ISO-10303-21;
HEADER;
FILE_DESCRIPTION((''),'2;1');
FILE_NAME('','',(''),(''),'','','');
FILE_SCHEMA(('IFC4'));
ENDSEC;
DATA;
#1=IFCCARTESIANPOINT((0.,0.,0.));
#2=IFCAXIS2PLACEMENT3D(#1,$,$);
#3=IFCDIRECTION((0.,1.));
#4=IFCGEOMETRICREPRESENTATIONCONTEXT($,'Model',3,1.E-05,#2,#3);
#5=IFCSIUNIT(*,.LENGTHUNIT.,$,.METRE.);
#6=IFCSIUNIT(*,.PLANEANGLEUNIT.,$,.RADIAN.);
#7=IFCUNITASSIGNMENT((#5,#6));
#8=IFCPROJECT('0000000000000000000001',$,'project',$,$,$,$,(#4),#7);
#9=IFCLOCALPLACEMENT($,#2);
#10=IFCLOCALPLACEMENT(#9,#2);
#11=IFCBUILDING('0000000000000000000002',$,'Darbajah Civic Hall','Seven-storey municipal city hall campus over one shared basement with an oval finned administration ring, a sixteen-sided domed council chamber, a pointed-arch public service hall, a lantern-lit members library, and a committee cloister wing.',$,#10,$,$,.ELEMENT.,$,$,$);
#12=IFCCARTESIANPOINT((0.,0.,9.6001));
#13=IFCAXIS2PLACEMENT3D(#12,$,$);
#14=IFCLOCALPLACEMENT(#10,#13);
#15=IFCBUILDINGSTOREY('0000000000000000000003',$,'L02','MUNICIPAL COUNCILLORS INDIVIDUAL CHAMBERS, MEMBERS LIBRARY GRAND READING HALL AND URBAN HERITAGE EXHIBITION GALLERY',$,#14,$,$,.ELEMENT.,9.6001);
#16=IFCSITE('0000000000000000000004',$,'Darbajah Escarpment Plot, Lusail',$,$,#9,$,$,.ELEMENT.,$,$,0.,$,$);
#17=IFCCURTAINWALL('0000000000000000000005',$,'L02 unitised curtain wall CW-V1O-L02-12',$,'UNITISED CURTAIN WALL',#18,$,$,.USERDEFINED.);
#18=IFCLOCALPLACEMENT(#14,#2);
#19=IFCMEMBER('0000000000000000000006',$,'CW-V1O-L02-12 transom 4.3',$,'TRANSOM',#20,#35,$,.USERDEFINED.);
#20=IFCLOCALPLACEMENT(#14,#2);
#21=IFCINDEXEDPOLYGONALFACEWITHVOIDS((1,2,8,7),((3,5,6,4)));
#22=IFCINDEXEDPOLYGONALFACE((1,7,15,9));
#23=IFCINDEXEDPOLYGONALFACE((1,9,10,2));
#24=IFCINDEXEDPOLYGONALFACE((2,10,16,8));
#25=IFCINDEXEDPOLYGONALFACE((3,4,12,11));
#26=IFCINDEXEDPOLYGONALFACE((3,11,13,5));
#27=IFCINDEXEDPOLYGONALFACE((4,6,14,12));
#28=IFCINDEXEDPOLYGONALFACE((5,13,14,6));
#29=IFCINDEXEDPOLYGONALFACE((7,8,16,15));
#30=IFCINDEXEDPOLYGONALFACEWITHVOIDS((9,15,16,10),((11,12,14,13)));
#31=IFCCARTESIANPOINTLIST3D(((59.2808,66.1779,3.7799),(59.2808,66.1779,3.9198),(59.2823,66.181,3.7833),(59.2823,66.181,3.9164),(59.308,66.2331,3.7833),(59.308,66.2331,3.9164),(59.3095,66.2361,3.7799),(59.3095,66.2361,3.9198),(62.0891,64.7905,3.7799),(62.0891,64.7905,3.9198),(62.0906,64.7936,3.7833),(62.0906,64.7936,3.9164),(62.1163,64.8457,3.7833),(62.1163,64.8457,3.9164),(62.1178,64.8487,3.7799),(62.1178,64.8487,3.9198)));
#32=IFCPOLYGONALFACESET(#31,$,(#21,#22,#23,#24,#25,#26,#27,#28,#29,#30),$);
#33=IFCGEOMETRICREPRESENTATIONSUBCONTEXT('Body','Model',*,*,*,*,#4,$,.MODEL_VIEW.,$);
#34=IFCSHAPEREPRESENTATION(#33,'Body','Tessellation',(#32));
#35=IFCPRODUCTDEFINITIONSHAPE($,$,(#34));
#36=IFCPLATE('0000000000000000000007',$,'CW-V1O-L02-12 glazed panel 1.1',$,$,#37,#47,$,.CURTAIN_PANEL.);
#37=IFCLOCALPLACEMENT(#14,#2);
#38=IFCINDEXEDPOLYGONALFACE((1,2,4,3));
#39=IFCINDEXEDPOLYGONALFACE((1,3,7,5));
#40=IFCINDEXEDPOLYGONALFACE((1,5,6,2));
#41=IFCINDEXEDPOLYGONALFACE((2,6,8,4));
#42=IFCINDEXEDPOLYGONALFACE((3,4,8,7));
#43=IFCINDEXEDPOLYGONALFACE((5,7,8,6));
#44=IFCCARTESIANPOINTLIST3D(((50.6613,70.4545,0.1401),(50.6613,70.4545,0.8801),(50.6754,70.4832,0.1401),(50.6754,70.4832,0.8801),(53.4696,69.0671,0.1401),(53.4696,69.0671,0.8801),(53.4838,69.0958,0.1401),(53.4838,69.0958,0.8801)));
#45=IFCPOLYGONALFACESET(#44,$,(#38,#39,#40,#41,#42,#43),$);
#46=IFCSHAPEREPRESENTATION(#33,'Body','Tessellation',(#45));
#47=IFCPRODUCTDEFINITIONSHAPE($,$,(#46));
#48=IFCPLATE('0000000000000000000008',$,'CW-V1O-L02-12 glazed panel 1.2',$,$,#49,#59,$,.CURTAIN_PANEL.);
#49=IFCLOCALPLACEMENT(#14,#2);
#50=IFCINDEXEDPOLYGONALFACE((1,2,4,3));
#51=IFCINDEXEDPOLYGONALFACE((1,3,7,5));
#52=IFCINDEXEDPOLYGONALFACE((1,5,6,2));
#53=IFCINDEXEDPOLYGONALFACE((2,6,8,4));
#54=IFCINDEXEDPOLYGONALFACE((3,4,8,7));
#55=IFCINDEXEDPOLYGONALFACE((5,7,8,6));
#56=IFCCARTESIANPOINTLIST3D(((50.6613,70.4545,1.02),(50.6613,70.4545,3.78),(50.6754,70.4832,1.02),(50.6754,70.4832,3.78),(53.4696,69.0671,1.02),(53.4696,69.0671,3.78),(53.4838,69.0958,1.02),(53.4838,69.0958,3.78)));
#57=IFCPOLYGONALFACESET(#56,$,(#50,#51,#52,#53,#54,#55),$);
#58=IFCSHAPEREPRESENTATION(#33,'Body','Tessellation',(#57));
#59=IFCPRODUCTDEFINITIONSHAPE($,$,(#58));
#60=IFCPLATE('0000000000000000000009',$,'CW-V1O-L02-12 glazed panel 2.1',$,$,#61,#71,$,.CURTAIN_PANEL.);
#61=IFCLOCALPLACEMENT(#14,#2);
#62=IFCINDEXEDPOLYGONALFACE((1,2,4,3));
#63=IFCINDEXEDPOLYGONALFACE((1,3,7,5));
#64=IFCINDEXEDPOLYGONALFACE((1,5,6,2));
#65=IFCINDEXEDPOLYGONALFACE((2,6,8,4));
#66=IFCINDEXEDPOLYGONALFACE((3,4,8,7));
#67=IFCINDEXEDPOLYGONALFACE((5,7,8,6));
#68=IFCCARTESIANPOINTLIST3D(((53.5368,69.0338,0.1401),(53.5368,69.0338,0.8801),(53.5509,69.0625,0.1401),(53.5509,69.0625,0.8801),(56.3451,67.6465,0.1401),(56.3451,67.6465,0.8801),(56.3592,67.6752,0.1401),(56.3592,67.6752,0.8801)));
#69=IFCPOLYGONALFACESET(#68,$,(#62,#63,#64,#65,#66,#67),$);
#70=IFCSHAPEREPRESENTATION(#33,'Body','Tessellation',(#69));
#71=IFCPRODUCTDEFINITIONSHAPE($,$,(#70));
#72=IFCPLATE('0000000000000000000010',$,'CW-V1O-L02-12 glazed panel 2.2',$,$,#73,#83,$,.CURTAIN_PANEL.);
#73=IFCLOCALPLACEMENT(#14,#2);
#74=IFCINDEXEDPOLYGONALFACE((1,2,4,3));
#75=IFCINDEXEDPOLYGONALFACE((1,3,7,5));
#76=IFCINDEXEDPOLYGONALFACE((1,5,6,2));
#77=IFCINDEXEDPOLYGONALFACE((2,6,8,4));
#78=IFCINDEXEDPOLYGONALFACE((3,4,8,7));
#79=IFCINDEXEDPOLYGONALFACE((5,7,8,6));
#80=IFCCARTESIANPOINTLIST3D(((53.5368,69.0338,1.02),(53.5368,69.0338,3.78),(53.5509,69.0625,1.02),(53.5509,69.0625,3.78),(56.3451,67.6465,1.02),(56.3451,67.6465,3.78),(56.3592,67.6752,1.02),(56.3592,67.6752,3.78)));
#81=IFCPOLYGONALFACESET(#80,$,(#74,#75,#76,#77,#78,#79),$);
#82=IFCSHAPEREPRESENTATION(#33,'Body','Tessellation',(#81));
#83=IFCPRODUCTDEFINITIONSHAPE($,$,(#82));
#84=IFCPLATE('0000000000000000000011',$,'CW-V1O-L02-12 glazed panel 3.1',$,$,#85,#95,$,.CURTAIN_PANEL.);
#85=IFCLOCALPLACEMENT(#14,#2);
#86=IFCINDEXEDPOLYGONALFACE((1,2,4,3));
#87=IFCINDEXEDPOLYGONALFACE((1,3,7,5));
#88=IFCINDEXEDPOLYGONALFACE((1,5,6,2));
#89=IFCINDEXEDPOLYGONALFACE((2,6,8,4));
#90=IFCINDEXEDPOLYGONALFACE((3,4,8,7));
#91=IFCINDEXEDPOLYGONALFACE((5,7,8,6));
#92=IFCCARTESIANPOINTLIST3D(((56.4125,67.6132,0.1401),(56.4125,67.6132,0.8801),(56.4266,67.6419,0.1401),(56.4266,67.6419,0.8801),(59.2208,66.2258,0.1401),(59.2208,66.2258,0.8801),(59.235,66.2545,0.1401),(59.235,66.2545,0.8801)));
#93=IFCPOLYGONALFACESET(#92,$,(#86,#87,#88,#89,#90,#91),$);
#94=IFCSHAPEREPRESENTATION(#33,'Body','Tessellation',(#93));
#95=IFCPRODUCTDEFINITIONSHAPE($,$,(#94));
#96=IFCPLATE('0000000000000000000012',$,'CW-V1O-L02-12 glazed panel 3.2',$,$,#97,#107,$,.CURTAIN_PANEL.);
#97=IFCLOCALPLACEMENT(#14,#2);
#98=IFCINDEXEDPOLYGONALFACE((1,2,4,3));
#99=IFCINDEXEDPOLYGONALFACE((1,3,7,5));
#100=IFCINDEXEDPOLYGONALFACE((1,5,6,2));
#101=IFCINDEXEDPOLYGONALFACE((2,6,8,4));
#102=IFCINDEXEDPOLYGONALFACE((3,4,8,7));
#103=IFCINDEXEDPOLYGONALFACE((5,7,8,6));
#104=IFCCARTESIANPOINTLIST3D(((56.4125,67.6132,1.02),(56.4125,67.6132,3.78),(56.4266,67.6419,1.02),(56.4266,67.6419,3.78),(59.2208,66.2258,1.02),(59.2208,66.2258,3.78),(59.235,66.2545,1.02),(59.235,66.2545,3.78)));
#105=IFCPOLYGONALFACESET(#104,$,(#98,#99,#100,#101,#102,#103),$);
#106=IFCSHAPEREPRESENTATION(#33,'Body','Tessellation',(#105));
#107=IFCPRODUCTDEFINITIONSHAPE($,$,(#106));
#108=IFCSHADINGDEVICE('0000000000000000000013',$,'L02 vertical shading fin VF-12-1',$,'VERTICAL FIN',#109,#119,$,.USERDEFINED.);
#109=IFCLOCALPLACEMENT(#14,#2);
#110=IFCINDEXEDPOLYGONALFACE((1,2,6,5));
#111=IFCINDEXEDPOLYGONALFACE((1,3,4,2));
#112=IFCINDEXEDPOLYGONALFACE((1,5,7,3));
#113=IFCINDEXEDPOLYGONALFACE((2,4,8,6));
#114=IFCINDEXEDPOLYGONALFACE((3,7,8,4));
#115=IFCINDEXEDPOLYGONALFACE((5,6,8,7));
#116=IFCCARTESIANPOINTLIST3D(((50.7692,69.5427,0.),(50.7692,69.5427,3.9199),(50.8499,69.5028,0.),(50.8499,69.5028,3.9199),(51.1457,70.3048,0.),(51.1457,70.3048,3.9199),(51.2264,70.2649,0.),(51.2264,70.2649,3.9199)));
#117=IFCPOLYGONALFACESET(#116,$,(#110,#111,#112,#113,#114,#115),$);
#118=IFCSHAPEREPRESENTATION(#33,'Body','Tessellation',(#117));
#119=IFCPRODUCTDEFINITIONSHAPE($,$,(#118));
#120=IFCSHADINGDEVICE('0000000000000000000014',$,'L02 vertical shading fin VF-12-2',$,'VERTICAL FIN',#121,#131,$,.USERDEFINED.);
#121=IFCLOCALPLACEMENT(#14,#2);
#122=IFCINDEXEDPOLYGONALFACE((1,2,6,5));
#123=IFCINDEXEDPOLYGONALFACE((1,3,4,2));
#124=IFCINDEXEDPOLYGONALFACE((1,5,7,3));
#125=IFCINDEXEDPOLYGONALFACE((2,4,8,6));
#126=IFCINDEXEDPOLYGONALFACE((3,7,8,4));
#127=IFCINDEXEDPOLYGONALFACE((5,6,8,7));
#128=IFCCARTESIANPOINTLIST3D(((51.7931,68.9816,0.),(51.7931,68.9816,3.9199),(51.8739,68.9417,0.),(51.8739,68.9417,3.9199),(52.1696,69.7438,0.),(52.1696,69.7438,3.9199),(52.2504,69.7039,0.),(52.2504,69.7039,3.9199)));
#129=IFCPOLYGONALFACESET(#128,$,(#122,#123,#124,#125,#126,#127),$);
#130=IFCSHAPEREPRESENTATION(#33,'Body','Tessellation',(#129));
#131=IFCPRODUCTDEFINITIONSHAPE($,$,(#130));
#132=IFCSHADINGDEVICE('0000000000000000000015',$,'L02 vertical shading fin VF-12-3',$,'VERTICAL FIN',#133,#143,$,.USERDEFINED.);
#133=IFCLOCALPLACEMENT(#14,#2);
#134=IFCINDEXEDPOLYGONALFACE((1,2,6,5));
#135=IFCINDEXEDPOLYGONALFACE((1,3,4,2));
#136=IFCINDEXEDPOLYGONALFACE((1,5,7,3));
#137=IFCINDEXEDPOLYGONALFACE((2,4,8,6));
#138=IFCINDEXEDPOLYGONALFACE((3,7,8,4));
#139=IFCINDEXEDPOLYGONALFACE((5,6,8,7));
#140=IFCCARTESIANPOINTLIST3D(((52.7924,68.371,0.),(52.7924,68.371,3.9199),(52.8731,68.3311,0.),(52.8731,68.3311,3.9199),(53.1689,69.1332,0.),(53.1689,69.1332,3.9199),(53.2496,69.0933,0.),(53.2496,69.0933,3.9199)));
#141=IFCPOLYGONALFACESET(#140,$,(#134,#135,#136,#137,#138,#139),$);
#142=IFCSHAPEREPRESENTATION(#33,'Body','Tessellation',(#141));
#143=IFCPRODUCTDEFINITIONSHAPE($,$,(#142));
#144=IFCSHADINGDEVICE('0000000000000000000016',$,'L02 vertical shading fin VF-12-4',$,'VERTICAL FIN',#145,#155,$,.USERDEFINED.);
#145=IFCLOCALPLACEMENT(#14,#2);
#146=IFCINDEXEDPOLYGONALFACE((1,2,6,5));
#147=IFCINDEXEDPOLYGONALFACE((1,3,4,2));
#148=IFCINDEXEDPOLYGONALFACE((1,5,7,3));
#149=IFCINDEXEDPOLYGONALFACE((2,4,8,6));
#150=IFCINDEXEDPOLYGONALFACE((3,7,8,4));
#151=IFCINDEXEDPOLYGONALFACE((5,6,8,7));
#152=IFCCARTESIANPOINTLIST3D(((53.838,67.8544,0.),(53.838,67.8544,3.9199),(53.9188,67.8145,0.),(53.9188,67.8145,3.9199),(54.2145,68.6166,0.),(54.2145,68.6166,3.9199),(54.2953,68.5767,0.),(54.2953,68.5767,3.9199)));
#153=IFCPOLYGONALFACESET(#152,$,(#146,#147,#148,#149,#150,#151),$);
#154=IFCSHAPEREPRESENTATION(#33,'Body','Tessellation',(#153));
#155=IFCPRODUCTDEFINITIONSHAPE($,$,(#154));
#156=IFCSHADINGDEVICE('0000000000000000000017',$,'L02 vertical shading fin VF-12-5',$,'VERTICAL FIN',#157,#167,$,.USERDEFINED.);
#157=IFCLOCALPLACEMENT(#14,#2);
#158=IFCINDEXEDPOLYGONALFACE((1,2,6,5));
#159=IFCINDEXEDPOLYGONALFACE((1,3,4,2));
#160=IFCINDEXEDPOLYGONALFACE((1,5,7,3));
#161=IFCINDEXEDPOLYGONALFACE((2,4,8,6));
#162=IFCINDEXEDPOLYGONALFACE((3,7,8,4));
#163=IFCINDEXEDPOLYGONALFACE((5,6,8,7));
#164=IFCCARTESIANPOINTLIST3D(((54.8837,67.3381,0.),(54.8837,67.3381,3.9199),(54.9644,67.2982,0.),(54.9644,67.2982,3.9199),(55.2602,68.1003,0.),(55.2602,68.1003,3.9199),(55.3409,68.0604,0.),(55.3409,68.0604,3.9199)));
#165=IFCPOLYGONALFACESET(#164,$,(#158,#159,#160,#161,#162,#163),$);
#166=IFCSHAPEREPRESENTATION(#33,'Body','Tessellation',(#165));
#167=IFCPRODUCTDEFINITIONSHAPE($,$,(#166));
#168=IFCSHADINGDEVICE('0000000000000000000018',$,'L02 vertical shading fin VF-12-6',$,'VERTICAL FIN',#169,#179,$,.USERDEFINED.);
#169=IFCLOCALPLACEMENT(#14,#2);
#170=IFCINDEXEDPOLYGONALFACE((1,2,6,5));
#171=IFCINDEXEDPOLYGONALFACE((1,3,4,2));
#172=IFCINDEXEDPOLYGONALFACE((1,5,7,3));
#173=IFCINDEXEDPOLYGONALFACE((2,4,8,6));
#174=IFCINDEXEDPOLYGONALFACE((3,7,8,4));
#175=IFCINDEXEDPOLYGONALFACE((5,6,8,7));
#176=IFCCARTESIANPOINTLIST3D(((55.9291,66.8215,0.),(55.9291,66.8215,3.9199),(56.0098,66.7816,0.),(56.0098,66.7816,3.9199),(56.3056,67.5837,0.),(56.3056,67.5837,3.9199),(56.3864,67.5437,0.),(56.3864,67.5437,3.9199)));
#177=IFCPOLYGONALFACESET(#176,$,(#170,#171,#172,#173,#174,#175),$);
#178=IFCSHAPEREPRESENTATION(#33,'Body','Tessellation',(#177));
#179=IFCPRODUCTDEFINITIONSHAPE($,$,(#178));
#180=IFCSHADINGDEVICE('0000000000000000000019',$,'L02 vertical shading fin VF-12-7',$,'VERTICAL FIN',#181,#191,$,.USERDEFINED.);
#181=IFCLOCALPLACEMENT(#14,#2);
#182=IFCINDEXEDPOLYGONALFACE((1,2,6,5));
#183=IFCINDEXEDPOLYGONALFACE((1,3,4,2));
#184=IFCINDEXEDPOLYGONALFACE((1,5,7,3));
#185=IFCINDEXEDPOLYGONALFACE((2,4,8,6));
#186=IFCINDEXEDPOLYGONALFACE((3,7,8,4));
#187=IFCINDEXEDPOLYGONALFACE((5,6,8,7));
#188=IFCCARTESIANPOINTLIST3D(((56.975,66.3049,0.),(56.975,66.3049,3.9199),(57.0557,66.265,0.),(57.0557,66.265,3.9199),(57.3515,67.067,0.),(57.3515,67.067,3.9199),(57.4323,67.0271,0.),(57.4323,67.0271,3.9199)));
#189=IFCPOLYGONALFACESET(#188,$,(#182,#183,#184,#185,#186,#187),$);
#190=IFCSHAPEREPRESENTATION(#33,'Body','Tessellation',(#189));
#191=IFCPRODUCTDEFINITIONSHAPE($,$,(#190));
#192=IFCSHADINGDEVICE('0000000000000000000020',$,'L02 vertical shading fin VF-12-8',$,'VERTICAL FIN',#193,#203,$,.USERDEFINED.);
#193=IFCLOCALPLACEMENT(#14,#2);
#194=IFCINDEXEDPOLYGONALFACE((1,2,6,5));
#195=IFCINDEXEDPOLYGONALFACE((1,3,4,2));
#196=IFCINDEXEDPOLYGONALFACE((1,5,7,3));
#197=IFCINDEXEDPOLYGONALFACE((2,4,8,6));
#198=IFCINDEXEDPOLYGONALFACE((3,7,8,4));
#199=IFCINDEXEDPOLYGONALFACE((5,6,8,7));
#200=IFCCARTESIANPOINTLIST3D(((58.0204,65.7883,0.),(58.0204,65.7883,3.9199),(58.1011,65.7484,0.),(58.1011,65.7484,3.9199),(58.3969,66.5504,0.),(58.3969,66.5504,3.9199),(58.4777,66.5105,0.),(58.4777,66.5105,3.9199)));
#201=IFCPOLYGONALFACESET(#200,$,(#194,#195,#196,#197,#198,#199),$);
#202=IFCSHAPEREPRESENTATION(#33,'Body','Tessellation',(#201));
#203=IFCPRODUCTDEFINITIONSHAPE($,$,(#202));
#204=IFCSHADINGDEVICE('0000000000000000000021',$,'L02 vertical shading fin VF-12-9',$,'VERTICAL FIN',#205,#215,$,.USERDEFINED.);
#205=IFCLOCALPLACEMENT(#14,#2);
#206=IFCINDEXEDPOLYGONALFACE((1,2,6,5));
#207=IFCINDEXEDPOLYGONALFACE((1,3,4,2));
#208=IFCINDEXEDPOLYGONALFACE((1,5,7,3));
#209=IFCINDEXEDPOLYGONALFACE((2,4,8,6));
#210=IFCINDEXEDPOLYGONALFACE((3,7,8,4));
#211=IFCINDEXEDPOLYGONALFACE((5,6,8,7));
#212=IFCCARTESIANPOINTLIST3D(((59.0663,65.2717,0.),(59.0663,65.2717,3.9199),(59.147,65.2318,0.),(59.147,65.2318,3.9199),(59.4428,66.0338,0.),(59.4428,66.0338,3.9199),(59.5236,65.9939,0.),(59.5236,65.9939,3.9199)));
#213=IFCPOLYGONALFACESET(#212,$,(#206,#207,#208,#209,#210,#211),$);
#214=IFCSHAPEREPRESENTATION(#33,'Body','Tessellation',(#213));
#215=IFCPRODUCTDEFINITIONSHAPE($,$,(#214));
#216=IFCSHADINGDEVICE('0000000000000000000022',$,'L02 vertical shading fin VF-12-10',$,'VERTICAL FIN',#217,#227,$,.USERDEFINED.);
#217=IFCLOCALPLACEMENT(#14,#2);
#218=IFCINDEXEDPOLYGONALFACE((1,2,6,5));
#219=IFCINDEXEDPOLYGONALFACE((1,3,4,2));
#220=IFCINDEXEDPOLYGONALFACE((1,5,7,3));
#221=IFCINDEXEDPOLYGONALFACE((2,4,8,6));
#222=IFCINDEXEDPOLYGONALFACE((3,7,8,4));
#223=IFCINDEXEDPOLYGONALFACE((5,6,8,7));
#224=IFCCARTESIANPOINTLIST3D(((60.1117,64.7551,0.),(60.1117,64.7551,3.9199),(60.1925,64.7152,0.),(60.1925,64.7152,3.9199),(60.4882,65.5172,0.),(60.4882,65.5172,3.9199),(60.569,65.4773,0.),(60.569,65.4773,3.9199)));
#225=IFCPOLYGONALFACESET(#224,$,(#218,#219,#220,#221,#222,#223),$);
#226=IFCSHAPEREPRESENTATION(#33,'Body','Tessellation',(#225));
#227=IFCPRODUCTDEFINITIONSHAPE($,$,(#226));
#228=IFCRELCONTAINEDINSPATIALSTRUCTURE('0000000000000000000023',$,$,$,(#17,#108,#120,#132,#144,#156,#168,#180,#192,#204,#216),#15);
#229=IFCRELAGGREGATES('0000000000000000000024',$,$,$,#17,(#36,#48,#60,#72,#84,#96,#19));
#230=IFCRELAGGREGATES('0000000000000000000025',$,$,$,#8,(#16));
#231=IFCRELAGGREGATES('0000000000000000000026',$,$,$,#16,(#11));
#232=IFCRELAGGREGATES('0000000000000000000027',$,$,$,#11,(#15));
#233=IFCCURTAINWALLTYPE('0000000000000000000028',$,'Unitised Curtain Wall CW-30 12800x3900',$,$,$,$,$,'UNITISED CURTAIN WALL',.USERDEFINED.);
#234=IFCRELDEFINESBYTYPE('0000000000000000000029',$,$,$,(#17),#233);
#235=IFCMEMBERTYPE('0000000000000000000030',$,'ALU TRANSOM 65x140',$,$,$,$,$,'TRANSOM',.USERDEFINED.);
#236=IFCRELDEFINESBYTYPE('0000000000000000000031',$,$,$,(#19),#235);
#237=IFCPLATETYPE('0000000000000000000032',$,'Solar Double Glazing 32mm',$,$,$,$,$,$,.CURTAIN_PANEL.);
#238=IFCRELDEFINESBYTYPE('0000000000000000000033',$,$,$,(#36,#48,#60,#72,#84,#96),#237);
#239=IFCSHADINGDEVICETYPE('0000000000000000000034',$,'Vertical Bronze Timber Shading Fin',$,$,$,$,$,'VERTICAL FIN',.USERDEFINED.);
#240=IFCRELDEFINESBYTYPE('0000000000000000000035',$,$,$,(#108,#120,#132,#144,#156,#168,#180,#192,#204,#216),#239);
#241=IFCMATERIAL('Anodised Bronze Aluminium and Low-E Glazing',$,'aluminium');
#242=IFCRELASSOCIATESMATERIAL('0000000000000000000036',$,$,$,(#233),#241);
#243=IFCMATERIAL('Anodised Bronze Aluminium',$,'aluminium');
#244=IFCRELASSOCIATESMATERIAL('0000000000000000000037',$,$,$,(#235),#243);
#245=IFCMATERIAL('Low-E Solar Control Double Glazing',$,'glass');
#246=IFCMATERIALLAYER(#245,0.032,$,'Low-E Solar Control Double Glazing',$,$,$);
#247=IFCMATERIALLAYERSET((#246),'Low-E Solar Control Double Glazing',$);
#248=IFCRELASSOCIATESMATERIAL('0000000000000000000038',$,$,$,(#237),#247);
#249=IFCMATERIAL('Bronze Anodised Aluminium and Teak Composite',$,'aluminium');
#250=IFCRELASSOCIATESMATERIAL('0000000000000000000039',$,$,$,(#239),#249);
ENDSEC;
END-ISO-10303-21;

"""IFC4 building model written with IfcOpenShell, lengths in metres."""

from ifc_helpers import new_model, si_unit, direction, frame, origin, origin_2d, place, context, subcontext, project, spatial, rectangle, hollow_rectangle, extrude, material, layer, layer_set, material_profile, profile_set, type_object, element, aggregate, save


model = new_model("IFC4")

# Units and contexts
model_context = context("Model", 3, precision=1e-05, world=origin(), true_north=direction((0.0, 1.0)))
body_context = subcontext(model_context, "Body", "Model", "MODEL_VIEW")
ifc_project = project(units=[si_unit("LENGTHUNIT", "METRE"), si_unit("PLANEANGLEUNIT", "RADIAN")], contexts=[model_context])

# Site, building, storey
site_placement = place(None, origin())
site = spatial("IfcSite", under=ifc_project, at=site_placement, Name="Darbajah Escarpment Plot, Lusail", CompositionType="ELEMENT", RefElevation=0.0)
building_placement = place(site_placement, origin())
building = spatial("IfcBuilding", under=site, at=building_placement, Name="Darbajah Civic Hall", Description="Seven-storey municipal city hall campus over one shared basement with an oval finned administration ring, a sixteen-sided domed council chamber, a pointed-arch public service hall, a lantern-lit members library, and a committee cloister wing.", CompositionType="ELEMENT")
storey_placement = place(building_placement, frame((0.0, 0.0, 9.6001)))
storey = spatial("IfcBuildingStorey", under=building, at=storey_placement, Name="L02", Description="MUNICIPAL COUNCILLORS INDIVIDUAL CHAMBERS, MEMBERS LIBRARY GRAND READING HALL AND URBAN HERITAGE EXHIBITION GALLERY", CompositionType="ELEMENT", Elevation=9.6001)

# Curtain wall, member, plates
ifc_material_1 = material(Name="Anodised Bronze Aluminium and Low-E Glazing", Category="aluminium")
curtain_wall_type = type_object("IfcCurtainWallType", Name="Unitised Curtain Wall CW-30 12800x3900", ElementType="UNITISED CURTAIN WALL", PredefinedType="USERDEFINED", material=ifc_material_1)
curtain_wall_placement = place(storey_placement, origin())
curtain_wall = element("IfcCurtainWall", 1, at=curtain_wall_placement, inside=storey, type_object=curtain_wall_type, Name="L02 unitised curtain wall CW-V1O-L02-12", ObjectType="UNITISED CURTAIN WALL", PredefinedType="USERDEFINED")
ifc_material_2 = material(Name="Anodised Bronze Aluminium", Category="aluminium")
ifc_material_profile_1 = material_profile(ifc_material_2, hollow_rectangle(XDim=0.0649, YDim=0.1399, WallThickness=0.0034, at=origin_2d()), Name="ALU TRANSOM 65x140")
ifc_profile_set_1 = profile_set([ifc_material_profile_1], Name="Anodised Bronze Aluminium")
member_type_1 = type_object("IfcMemberType", Name="ALU TRANSOM 65x140", ElementType="TRANSOM", PredefinedType="USERDEFINED", material=ifc_profile_set_1)
member_1_placement = place(storey_placement, frame((59.2952, 66.207, 3.8499), z_axis=(0.896553, -0.442937, 0.0), x_axis=(0.442937, 0.896553, 0.0)))
member_1 = element("IfcMember", 2, at=member_1_placement, type_object=member_type_1, Name="CW-V1O-L02-12 transom 4.3", ObjectType="TRANSOM", PredefinedType="USERDEFINED", context=body_context, shape_type="SweptSolid", body=[
    extrude(hollow_rectangle(XDim=0.0649, YDim=0.1399, WallThickness=0.0034, at=origin_2d()), origin(), (0.0, 0.0, 1.0), 3.1323),
])
ifc_material_3 = material(Name="Low-E Solar Control Double Glazing", Category="glass")
ifc_layer = layer(ifc_material_3, 0.032, Name="Low-E Solar Control Double Glazing")
ifc_layer_set = layer_set([ifc_layer], Name="Low-E Solar Control Double Glazing")
plate_type = type_object("IfcPlateType", Name="Solar Double Glazing 32mm", PredefinedType="CURTAIN_PANEL", material=ifc_layer_set)
plate_1_placement = place(storey_placement, frame((52.0725, 69.7751, 0.1401), z_axis=(0.0, 0.0, 1.0), x_axis=(0.896564, -0.442915, 0.0)))
plate_1 = element("IfcPlate", 3, at=plate_1_placement, type_object=plate_type, Name="CW-V1O-L02-12 glazed panel 1.1", PredefinedType="CURTAIN_PANEL", context=body_context, shape_type="SweptSolid", body=[
    extrude(rectangle(XDim=3.1323, YDim=0.032, at=origin_2d()), origin(), (0.0, 0.0, 1.0), 0.74),
])
plate_2_placement = place(storey_placement, frame((52.0725, 69.7751, 1.02), z_axis=(0.0, 0.0, 1.0), x_axis=(0.896564, -0.442915, 0.0)))
plate_2 = element("IfcPlate", 4, at=plate_2_placement, type_object=plate_type, Name="CW-V1O-L02-12 glazed panel 1.2", PredefinedType="CURTAIN_PANEL", context=body_context, shape_type="SweptSolid", body=[
    extrude(rectangle(XDim=3.1323, YDim=0.032, at=origin_2d()), origin(), (0.0, 0.0, 1.0), 2.76),
])
plate_3_placement = place(storey_placement, frame((54.948, 68.3545, 0.1401), z_axis=(0.0, 0.0, 1.0), x_axis=(0.896564, -0.442915, 0.0)))
plate_3 = element("IfcPlate", 5, at=plate_3_placement, type_object=plate_type, Name="CW-V1O-L02-12 glazed panel 2.1", PredefinedType="CURTAIN_PANEL", context=body_context, shape_type="SweptSolid", body=[
    extrude(rectangle(XDim=3.1323, YDim=0.032, at=origin_2d()), origin(), (0.0, 0.0, 1.0), 0.74),
])
plate_4_placement = place(storey_placement, frame((54.948, 68.3545, 1.02), z_axis=(0.0, 0.0, 1.0), x_axis=(0.896564, -0.442915, 0.0)))
plate_4 = element("IfcPlate", 6, at=plate_4_placement, type_object=plate_type, Name="CW-V1O-L02-12 glazed panel 2.2", PredefinedType="CURTAIN_PANEL", context=body_context, shape_type="SweptSolid", body=[
    extrude(rectangle(XDim=3.1323, YDim=0.032, at=origin_2d()), origin(), (0.0, 0.0, 1.0), 2.76),
])
plate_5_placement = place(storey_placement, frame((57.8237, 66.9338, 0.1401), z_axis=(0.0, 0.0, 1.0), x_axis=(0.896564, -0.442915, 0.0)))
plate_5 = element("IfcPlate", 7, at=plate_5_placement, type_object=plate_type, Name="CW-V1O-L02-12 glazed panel 3.1", PredefinedType="CURTAIN_PANEL", context=body_context, shape_type="SweptSolid", body=[
    extrude(rectangle(XDim=3.1323, YDim=0.032, at=origin_2d()), origin(), (0.0, 0.0, 1.0), 0.74),
])
plate_6_placement = place(storey_placement, frame((57.8237, 66.9338, 1.02), z_axis=(0.0, 0.0, 1.0), x_axis=(0.896564, -0.442915, 0.0)))
plate_6 = element("IfcPlate", 8, at=plate_6_placement, type_object=plate_type, Name="CW-V1O-L02-12 glazed panel 3.2", PredefinedType="CURTAIN_PANEL", context=body_context, shape_type="SweptSolid", body=[
    extrude(rectangle(XDim=3.1323, YDim=0.032, at=origin_2d()), origin(), (0.0, 0.0, 1.0), 2.76),
])
aggregate(curtain_wall, [plate_1, plate_2, plate_3, plate_4, plate_5, plate_6, member_1])

# Shading devices
ifc_material_4 = material(Name="Bronze Anodised Aluminium and Teak Composite", Category="aluminium")
shading_device_type = type_object("IfcShadingDeviceType", Name="Vertical Bronze Timber Shading Fin", ElementType="VERTICAL FIN", PredefinedType="USERDEFINED", material=ifc_material_4)
for number, where, z_axis, x_axis, name in (
    (9, (50.9978, 69.9038, 0.0), (0.0, 0.0, 1.0), (-0.442915, -0.896564, 0.0), "L02 vertical shading fin VF-12-1"),
    (10, (52.0217, 69.3428, 0.0), (0.0, 0.0, 1.0), (-0.442915, -0.896564, 0.0), "L02 vertical shading fin VF-12-2"),
    (11, (53.021, 68.7322, 0.0), (0.0, 0.0, 1.0), (-0.442915, -0.896564, 0.0), "L02 vertical shading fin VF-12-3"),
    (12, (54.0667, 68.2156, 0.0), (0.0, 0.0, 1.0), (-0.442915, -0.896564, 0.0), "L02 vertical shading fin VF-12-4"),
    (13, (55.1123, 67.6992, 0.0), (0.0, 0.0, 1.0), (-0.442915, -0.896564, 0.0), "L02 vertical shading fin VF-12-5"),
    (14, (56.1577, 67.1826, 0.0), (0.0, 0.0, 1.0), (-0.442915, -0.896564, 0.0), "L02 vertical shading fin VF-12-6"),
    (15, (57.2036, 66.666, 0.0), (0.0, 0.0, 1.0), (-0.442915, -0.896564, 0.0), "L02 vertical shading fin VF-12-7"),
    (16, (58.249, 66.1494, 0.0), (0.0, 0.0, 1.0), (-0.442915, -0.896564, 0.0), "L02 vertical shading fin VF-12-8"),
    (17, (59.2949, 65.6328, 0.0), (0.0, 0.0, 1.0), (-0.442915, -0.896564, 0.0), "L02 vertical shading fin VF-12-9"),
    (18, (60.3403, 65.1162, 0.0), (0.0, 0.0, 1.0), (-0.442915, -0.896564, 0.0), "L02 vertical shading fin VF-12-10"),
):
    element("IfcShadingDevice", number, at=place(storey_placement, frame(where, z_axis=z_axis, x_axis=x_axis)), inside=storey, type_object=shading_device_type, Name=name, ObjectType="VERTICAL FIN", PredefinedType="USERDEFINED", context=body_context, shape_type="SweptSolid", body=[
        extrude(rectangle(XDim=0.8501, YDim=0.0901, at=origin_2d()), origin(), (0.0, 0.0, 1.0), 3.9199),
    ])

save(model, "model.ifc")
